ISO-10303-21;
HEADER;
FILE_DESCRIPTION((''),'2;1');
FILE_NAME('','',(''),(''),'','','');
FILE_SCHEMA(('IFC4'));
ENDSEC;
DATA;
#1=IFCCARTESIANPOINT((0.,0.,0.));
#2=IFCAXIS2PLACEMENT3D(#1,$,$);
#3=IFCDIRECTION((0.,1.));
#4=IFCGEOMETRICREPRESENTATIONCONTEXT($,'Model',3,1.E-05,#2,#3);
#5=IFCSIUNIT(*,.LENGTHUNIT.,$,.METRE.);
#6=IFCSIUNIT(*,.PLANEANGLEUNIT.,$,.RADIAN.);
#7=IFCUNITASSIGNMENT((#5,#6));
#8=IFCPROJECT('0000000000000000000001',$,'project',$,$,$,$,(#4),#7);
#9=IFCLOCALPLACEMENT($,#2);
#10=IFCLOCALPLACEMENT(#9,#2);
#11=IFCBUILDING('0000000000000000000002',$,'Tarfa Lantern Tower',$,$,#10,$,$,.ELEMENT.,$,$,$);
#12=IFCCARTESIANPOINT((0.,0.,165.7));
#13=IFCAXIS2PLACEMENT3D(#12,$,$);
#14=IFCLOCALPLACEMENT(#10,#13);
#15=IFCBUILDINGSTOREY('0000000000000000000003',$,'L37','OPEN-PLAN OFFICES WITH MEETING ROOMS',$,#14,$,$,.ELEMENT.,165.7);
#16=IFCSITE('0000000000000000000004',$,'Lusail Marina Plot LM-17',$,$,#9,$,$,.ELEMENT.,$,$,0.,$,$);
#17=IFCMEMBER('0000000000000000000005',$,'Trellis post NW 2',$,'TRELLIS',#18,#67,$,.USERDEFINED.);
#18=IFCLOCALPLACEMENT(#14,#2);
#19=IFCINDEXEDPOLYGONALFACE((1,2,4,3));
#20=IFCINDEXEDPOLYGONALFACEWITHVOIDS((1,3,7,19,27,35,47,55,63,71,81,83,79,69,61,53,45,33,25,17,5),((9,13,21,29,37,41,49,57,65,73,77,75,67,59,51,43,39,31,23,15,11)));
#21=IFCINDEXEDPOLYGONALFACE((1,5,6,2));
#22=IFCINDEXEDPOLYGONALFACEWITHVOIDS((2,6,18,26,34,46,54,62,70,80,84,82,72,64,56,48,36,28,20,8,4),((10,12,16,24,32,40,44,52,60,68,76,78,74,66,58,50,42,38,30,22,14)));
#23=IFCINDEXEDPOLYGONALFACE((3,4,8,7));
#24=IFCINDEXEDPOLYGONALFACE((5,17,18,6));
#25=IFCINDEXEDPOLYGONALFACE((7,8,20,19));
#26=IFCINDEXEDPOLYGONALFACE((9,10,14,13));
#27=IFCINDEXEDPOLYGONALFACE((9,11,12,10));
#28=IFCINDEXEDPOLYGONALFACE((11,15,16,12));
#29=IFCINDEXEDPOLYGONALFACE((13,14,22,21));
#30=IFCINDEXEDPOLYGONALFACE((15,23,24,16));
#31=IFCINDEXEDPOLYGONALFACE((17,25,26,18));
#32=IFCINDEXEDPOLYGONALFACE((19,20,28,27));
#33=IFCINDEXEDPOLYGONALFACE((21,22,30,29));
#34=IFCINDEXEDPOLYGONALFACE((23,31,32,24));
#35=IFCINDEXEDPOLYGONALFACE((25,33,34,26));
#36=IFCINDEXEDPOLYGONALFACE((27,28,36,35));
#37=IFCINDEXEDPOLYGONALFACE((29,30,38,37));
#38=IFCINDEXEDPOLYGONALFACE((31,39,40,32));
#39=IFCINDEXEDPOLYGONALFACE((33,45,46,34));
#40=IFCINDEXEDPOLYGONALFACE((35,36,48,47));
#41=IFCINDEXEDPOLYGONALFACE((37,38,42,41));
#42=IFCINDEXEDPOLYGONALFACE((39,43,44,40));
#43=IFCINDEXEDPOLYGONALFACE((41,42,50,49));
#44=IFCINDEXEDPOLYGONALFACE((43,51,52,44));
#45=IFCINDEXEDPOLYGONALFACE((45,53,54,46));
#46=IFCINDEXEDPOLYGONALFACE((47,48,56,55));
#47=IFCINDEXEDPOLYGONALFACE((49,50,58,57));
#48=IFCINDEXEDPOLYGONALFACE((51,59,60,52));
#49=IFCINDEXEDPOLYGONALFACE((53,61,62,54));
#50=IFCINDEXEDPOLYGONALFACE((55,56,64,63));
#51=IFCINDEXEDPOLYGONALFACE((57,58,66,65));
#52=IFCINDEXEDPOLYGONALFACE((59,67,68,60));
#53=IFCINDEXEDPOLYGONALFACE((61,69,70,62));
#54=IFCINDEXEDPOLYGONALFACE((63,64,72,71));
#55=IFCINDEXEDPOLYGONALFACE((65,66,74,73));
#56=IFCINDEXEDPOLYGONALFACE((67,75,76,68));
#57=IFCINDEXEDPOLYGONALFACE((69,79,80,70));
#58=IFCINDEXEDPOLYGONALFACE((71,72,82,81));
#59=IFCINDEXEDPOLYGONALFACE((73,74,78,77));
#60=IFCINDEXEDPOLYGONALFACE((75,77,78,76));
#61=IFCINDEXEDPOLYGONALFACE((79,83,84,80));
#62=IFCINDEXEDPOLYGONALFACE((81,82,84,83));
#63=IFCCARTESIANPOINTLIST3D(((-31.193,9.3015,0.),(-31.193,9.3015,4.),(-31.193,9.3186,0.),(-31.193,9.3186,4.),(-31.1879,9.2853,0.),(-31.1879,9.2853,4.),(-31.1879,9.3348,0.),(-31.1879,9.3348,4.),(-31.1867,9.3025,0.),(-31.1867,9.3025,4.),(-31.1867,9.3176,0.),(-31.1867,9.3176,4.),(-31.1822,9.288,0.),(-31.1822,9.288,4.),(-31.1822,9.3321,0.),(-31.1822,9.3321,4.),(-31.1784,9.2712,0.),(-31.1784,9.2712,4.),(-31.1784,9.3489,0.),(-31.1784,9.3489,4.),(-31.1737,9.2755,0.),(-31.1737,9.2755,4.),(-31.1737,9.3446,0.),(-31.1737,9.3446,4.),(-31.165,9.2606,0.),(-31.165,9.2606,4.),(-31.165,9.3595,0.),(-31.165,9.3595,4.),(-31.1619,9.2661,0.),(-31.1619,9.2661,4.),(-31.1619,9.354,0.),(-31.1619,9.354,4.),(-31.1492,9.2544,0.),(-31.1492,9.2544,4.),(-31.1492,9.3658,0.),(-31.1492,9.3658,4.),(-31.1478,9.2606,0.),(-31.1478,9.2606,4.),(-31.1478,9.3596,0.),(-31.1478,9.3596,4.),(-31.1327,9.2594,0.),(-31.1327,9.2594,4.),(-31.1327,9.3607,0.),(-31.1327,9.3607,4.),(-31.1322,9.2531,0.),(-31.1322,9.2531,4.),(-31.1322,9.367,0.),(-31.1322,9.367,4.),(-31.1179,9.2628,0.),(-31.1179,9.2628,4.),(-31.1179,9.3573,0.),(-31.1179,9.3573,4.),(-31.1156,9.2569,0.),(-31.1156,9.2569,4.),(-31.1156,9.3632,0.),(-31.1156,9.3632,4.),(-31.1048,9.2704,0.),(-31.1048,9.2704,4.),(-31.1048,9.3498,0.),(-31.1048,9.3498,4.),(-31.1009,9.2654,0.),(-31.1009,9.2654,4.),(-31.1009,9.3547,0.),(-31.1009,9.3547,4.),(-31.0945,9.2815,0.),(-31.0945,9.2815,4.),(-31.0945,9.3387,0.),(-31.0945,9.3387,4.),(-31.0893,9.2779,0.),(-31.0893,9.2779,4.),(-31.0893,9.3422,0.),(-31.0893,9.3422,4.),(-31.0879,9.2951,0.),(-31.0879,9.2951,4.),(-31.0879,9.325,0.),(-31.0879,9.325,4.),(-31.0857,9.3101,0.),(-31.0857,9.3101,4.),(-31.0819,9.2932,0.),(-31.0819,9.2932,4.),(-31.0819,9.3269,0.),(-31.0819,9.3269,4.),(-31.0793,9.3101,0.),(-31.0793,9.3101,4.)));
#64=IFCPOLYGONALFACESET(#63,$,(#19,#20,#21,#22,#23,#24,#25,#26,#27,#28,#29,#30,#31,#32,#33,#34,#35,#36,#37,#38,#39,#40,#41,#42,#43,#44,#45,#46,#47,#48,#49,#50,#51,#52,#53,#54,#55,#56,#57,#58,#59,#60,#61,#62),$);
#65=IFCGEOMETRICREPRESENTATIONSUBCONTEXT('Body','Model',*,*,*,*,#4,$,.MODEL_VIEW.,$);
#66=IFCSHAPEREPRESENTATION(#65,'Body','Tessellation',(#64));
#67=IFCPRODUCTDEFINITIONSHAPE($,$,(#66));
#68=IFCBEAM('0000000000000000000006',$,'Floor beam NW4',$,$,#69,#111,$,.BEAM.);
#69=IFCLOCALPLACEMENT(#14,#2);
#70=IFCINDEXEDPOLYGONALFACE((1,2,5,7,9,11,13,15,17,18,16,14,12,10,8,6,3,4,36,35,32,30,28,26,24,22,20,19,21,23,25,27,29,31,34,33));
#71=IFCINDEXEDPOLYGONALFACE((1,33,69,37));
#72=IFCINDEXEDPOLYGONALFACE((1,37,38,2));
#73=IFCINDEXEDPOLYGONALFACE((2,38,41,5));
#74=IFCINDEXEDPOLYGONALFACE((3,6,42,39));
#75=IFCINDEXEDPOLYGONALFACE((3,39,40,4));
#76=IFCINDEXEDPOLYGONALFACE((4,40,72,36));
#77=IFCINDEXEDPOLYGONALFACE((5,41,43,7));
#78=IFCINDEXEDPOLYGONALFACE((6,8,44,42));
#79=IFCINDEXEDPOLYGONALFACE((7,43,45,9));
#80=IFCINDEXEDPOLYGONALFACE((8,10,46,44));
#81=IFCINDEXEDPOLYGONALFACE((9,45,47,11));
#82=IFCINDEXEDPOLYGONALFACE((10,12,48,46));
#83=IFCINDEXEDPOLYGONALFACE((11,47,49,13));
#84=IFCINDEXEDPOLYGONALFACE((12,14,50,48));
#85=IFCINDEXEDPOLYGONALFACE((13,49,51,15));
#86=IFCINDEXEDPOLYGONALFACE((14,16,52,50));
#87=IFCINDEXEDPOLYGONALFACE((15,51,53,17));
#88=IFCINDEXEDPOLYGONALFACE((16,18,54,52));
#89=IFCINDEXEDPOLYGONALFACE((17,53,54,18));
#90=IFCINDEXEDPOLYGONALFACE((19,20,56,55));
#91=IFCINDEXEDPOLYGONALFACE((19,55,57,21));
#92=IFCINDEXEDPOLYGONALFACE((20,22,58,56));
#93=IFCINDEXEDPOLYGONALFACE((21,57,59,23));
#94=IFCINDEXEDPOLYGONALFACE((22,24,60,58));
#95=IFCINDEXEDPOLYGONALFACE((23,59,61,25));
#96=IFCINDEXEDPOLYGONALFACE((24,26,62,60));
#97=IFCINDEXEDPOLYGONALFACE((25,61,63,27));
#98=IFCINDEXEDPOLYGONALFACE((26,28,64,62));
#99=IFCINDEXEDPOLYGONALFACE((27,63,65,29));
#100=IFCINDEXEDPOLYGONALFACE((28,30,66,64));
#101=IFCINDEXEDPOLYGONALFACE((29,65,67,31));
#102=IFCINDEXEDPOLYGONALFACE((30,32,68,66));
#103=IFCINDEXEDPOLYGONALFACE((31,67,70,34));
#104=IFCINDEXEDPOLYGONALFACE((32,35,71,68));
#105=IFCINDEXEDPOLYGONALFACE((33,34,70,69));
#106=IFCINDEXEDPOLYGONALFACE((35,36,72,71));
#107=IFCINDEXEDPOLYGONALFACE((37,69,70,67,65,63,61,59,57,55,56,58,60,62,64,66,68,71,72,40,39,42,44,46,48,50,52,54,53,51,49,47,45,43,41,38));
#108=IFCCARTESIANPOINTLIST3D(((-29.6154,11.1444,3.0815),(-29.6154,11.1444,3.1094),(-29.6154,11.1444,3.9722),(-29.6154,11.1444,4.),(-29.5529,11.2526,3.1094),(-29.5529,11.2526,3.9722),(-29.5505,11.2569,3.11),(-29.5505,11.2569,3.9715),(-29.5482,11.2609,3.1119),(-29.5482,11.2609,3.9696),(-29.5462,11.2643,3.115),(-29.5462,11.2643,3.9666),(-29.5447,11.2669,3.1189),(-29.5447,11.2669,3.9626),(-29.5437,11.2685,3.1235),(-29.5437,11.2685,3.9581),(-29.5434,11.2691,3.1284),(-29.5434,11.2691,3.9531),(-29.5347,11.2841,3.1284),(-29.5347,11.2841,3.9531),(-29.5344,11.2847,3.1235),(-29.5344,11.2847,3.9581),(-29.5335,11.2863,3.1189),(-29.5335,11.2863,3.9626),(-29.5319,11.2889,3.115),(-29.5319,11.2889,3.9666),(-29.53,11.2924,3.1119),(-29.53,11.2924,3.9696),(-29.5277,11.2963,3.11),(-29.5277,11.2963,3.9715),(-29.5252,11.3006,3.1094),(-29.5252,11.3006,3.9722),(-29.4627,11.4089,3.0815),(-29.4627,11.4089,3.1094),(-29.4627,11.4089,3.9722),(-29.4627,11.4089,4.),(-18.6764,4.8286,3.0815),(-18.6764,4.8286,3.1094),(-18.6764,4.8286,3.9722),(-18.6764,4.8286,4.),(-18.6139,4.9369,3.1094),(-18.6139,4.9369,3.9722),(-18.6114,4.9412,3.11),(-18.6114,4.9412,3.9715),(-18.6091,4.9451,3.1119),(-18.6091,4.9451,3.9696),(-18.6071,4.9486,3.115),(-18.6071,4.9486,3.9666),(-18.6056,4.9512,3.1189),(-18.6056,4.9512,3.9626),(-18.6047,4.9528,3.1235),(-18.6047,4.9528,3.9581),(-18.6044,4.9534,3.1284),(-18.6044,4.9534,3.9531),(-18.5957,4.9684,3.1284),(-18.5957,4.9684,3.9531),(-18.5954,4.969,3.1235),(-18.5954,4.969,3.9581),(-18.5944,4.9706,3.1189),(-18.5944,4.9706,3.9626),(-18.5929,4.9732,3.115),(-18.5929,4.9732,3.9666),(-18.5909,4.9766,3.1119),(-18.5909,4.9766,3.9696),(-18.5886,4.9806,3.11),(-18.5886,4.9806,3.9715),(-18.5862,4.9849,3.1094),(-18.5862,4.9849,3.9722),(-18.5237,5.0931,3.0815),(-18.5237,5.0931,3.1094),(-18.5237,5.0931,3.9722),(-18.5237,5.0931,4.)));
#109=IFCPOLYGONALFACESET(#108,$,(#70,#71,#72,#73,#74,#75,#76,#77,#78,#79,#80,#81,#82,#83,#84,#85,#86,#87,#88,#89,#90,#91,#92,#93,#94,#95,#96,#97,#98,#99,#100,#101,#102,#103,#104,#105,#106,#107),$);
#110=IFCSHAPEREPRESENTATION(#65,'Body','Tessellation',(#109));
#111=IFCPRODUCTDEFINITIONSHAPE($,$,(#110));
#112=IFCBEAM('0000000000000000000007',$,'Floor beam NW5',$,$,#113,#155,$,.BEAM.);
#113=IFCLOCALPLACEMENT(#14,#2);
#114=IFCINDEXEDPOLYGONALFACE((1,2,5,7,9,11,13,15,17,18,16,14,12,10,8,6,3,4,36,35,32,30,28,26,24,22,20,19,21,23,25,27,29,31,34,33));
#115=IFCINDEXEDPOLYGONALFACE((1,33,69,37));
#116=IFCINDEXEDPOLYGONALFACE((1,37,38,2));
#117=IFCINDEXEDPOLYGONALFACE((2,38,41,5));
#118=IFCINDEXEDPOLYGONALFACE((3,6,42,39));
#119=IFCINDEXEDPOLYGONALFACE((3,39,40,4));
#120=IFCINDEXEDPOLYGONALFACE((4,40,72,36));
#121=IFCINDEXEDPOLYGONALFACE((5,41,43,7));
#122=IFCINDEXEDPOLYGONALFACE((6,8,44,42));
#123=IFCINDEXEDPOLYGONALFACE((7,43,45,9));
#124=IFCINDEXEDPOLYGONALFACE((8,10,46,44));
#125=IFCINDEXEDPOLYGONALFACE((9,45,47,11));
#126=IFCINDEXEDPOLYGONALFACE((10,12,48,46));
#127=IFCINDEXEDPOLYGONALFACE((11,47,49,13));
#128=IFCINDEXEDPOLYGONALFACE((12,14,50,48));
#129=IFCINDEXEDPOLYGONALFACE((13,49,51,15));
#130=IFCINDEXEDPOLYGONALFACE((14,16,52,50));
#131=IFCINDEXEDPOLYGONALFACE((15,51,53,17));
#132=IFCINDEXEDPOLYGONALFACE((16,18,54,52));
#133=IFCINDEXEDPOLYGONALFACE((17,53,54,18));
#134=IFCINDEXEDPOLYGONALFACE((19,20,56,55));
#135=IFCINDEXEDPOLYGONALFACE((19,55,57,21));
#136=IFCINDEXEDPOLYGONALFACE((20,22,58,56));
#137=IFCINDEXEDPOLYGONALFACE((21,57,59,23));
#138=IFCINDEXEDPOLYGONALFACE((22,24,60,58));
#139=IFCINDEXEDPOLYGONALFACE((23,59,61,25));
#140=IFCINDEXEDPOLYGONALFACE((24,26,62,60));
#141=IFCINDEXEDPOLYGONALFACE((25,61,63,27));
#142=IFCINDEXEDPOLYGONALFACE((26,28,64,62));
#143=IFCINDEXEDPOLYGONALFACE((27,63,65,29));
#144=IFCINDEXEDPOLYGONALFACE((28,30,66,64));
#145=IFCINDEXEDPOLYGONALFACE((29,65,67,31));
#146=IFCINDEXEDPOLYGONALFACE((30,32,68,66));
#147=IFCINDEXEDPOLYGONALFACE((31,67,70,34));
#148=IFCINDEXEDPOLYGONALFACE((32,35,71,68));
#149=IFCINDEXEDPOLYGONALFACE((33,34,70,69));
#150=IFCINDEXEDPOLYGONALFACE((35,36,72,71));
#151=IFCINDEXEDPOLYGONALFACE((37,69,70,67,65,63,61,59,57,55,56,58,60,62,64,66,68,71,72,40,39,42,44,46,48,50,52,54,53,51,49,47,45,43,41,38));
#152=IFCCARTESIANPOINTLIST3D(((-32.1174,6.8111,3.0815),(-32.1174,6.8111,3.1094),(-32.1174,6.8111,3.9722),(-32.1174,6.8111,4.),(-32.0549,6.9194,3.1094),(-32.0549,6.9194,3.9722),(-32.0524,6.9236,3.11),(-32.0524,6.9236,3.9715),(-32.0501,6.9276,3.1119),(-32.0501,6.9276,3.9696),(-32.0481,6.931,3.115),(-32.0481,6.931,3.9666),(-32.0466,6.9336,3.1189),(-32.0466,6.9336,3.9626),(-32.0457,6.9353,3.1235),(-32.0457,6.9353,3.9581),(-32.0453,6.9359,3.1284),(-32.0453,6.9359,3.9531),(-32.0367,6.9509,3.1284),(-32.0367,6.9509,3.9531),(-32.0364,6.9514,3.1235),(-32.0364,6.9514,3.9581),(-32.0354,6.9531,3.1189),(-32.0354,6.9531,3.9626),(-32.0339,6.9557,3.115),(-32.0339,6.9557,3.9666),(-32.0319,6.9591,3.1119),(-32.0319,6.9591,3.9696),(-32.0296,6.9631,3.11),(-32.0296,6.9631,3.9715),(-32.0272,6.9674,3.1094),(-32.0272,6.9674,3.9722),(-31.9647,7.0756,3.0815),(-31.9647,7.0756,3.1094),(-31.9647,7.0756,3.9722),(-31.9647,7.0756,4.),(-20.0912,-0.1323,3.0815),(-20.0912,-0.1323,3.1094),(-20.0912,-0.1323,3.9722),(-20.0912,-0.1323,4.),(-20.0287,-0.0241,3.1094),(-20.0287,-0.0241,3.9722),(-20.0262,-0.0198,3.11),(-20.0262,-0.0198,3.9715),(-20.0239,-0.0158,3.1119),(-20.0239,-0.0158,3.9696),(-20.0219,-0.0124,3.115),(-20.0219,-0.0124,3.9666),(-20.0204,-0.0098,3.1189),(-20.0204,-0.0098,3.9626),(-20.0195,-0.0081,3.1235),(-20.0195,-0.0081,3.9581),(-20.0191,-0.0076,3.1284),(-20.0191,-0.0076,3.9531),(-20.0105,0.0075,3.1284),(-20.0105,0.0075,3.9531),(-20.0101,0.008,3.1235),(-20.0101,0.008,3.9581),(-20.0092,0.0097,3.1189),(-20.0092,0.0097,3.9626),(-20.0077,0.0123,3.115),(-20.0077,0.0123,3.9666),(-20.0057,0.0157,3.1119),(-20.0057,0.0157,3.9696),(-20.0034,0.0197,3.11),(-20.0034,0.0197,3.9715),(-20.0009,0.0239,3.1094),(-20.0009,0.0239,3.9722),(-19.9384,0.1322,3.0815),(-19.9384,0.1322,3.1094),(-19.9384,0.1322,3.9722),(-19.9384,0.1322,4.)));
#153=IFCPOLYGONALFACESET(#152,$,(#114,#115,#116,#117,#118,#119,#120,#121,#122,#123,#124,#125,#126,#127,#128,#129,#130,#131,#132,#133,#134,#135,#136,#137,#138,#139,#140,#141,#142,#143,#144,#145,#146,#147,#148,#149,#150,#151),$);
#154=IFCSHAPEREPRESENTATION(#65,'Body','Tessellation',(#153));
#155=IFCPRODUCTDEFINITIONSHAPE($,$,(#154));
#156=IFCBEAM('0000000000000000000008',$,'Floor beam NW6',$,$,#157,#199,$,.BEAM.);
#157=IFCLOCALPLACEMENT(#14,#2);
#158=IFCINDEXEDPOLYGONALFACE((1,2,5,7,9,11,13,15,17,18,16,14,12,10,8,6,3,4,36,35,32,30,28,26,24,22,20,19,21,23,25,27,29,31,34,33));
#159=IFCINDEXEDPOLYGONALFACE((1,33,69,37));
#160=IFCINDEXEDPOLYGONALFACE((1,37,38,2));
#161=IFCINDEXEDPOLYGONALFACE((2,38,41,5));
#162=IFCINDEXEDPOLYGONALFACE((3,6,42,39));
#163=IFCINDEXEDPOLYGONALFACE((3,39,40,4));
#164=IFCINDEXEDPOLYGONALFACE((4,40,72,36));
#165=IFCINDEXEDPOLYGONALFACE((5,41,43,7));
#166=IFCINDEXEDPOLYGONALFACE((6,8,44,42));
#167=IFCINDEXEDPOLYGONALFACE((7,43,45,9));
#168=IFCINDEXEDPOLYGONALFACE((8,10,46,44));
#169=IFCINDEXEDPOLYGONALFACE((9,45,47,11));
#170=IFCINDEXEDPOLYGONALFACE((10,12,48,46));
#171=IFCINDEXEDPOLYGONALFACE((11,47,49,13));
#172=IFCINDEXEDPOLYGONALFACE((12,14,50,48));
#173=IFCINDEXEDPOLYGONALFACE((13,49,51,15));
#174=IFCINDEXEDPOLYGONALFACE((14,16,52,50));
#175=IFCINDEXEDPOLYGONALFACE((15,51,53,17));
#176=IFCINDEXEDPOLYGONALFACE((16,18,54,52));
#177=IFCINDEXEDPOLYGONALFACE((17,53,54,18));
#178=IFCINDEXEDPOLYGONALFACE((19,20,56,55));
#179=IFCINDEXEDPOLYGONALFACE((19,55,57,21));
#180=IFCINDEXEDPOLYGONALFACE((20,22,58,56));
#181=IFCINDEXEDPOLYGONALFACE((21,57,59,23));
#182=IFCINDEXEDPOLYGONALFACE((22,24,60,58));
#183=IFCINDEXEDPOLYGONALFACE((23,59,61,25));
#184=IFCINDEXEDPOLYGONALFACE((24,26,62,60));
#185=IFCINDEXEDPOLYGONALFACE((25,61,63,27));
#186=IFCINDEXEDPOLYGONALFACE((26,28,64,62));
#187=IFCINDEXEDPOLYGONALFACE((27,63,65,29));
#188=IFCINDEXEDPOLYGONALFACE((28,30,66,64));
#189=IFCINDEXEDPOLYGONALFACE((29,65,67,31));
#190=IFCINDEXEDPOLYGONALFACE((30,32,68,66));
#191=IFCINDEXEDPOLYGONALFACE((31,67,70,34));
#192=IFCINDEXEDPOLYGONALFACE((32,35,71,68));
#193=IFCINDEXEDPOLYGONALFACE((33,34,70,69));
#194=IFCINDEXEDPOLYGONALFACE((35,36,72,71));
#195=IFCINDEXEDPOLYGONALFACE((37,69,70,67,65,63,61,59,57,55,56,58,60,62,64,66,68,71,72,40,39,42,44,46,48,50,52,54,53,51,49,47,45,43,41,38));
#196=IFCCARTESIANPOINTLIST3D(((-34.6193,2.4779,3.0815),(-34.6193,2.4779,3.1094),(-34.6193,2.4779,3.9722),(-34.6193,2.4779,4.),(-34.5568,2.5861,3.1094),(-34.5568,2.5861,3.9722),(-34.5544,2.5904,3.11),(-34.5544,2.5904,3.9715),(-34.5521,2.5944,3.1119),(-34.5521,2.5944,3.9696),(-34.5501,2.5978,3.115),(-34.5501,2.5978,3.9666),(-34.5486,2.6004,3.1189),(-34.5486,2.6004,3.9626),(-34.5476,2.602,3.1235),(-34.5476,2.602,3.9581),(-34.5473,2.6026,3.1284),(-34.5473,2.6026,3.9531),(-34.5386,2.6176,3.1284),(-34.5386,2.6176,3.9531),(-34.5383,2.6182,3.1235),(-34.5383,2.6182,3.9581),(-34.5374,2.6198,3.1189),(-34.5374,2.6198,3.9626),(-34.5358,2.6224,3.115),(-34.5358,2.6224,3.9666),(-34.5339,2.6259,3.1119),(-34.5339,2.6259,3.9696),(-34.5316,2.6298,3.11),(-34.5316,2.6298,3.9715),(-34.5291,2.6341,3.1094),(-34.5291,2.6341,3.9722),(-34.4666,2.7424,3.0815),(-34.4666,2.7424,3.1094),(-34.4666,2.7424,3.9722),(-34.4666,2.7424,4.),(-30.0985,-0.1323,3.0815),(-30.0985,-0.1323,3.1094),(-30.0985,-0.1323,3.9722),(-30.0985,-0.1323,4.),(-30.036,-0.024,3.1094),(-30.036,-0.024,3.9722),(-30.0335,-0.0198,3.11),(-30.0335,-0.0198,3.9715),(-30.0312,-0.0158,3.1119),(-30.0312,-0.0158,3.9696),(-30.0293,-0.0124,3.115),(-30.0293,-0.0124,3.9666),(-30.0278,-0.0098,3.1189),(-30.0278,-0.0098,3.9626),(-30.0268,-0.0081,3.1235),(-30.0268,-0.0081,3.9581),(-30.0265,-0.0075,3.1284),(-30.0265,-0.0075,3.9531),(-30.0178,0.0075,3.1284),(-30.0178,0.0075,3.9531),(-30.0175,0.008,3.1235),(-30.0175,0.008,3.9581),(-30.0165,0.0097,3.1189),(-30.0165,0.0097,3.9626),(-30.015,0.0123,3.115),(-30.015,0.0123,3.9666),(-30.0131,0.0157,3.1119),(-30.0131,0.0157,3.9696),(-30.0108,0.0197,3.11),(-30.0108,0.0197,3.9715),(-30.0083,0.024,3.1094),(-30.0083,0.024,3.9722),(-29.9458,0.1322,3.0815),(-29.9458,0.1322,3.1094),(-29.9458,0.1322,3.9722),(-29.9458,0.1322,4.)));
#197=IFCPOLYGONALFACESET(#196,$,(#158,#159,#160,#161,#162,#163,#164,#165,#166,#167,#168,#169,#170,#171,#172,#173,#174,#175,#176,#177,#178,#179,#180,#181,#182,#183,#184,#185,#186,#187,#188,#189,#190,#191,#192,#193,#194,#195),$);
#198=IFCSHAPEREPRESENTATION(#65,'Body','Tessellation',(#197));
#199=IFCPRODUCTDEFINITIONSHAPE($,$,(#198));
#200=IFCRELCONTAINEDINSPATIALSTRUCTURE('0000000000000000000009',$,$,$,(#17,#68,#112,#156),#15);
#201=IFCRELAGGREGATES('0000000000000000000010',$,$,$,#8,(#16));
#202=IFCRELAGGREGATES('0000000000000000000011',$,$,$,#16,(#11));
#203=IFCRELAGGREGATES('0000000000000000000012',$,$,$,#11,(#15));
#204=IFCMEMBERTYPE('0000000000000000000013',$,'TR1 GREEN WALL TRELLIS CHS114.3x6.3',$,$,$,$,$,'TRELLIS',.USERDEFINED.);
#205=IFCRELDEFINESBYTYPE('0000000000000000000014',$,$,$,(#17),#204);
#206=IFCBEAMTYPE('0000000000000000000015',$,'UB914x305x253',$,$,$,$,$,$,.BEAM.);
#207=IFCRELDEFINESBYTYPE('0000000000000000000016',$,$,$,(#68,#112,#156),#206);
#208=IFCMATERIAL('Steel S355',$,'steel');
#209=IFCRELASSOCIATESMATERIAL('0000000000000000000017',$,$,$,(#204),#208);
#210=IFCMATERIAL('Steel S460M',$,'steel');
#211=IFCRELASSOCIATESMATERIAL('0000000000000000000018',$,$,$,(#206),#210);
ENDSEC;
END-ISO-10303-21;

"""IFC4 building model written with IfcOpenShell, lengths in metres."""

from ifc_helpers import new_model, si_unit, direction, frame, origin, origin_2d, place, context, subcontext, project, spatial, hollow_circle, i_section, extrude, material, material_profile, profile_set, type_object, element, save


model = new_model("IFC4")

# Units and contexts
model_context = context("Model", 3, precision=1e-05, world=origin(), true_north=direction((0.0, 1.0)))
body_context = subcontext(model_context, "Body", "Model", "MODEL_VIEW")
ifc_project = project(units=[si_unit("LENGTHUNIT", "METRE"), si_unit("PLANEANGLEUNIT", "RADIAN")], contexts=[model_context])

# Site, building, storey
site_placement = place(None, origin())
site = spatial("IfcSite", under=ifc_project, at=site_placement, Name="Lusail Marina Plot LM-17", CompositionType="ELEMENT", RefElevation=0.0)
building_placement = place(site_placement, origin())
building = spatial("IfcBuilding", under=site, at=building_placement, Name="Tarfa Lantern Tower", CompositionType="ELEMENT")
storey_placement = place(building_placement, frame((0.0, 0.0, 165.7)))
storey = spatial("IfcBuildingStorey", under=building, at=storey_placement, Name="L37", Description="OPEN-PLAN OFFICES WITH MEETING ROOMS", CompositionType="ELEMENT", Elevation=165.7)

# Member
ifc_material_1 = material(Name="Steel S355", Category="steel")
ifc_material_profile_1 = material_profile(ifc_material_1, hollow_circle(Radius=0.0571, WallThickness=0.0063, at=origin_2d()), Name="CHS114.3x6.3")
ifc_profile_set_1 = profile_set([ifc_material_profile_1], Name="Steel S355")
member_type_1 = type_object("IfcMemberType", Name="TR1 GREEN WALL TRELLIS CHS114.3x6.3", ElementType="TRELLIS", PredefinedType="USERDEFINED", material=ifc_profile_set_1)
member_1_placement = place(storey_placement, frame((-31.1365, 9.3101, 0.0), z_axis=(0.0, 0.0, 1.0), x_axis=(1.0, 0.0, 0.0)))
element("IfcMember", 1, at=member_1_placement, inside=storey, type_object=member_type_1, Name="Trellis post NW 2", ObjectType="TRELLIS", PredefinedType="USERDEFINED", context=body_context, shape_type="SweptSolid", body=[
    extrude(hollow_circle(Radius=0.0571, WallThickness=0.0063, at=origin_2d()), origin(), (0.0, 0.0, 1.0), 4.0),
])

# Beams
ifc_material_2 = material(Name="Steel S460M", Category="steel")
ifc_material_profile_2 = material_profile(ifc_material_2, i_section(OverallWidth=0.3054, OverallDepth=0.9185, WebThickness=0.0173, FlangeThickness=0.0278, FilletRadius=0.019, at=origin_2d()), Name="UB914x305x253")
ifc_profile_set_2 = profile_set([ifc_material_profile_2], Name="Steel S460M")
beam_type_1 = type_object("IfcBeamType", Name="UB914x305x253", PredefinedType="BEAM", material=ifc_profile_set_2)
beam_1_placement = place(storey_placement, frame((-29.5391, 11.2766, 3.5408), z_axis=(0.866023, -0.500004, 0.0), x_axis=(0.500004, 0.866023, 0.0)))
element("IfcBeam", 2, at=beam_1_placement, inside=storey, type_object=beam_type_1, Name="Floor beam NW4", PredefinedType="BEAM", context=body_context, shape_type="SweptSolid", body=[
    extrude(i_section(OverallWidth=0.3054, OverallDepth=0.9185, WebThickness=0.0173, FlangeThickness=0.0278, FilletRadius=0.019, at=origin_2d()), origin(), (0.0, 0.0, 1.0), 12.6313),
])
beam_2_placement = place(storey_placement, frame((-32.041, 6.9434, 3.5408), z_axis=(0.866023, -0.500004, 0.0), x_axis=(0.500004, 0.866023, 0.0)))
element("IfcBeam", 3, at=beam_2_placement, inside=storey, type_object=beam_type_1, Name="Floor beam NW5", PredefinedType="BEAM", context=body_context, shape_type="SweptSolid", body=[
    extrude(i_section(OverallWidth=0.3054, OverallDepth=0.9185, WebThickness=0.0173, FlangeThickness=0.0278, FilletRadius=0.019, at=origin_2d()), origin(), (0.0, 0.0, 1.0), 13.8867),
])
beam_3_placement = place(storey_placement, frame((-34.543, 2.6101, 3.5408), z_axis=(0.866021, -0.500007, 0.0), x_axis=(0.500007, 0.866021, 0.0)))
element("IfcBeam", 4, at=beam_3_placement, inside=storey, type_object=beam_type_1, Name="Floor beam NW6", PredefinedType="BEAM", context=body_context, shape_type="SweptSolid", body=[
    extrude(i_section(OverallWidth=0.3054, OverallDepth=0.9185, WebThickness=0.0173, FlangeThickness=0.0278, FilletRadius=0.019, at=origin_2d()), origin(), (0.0, 0.0, 1.0), 5.2202),
])

save(model, "model.ifc")
